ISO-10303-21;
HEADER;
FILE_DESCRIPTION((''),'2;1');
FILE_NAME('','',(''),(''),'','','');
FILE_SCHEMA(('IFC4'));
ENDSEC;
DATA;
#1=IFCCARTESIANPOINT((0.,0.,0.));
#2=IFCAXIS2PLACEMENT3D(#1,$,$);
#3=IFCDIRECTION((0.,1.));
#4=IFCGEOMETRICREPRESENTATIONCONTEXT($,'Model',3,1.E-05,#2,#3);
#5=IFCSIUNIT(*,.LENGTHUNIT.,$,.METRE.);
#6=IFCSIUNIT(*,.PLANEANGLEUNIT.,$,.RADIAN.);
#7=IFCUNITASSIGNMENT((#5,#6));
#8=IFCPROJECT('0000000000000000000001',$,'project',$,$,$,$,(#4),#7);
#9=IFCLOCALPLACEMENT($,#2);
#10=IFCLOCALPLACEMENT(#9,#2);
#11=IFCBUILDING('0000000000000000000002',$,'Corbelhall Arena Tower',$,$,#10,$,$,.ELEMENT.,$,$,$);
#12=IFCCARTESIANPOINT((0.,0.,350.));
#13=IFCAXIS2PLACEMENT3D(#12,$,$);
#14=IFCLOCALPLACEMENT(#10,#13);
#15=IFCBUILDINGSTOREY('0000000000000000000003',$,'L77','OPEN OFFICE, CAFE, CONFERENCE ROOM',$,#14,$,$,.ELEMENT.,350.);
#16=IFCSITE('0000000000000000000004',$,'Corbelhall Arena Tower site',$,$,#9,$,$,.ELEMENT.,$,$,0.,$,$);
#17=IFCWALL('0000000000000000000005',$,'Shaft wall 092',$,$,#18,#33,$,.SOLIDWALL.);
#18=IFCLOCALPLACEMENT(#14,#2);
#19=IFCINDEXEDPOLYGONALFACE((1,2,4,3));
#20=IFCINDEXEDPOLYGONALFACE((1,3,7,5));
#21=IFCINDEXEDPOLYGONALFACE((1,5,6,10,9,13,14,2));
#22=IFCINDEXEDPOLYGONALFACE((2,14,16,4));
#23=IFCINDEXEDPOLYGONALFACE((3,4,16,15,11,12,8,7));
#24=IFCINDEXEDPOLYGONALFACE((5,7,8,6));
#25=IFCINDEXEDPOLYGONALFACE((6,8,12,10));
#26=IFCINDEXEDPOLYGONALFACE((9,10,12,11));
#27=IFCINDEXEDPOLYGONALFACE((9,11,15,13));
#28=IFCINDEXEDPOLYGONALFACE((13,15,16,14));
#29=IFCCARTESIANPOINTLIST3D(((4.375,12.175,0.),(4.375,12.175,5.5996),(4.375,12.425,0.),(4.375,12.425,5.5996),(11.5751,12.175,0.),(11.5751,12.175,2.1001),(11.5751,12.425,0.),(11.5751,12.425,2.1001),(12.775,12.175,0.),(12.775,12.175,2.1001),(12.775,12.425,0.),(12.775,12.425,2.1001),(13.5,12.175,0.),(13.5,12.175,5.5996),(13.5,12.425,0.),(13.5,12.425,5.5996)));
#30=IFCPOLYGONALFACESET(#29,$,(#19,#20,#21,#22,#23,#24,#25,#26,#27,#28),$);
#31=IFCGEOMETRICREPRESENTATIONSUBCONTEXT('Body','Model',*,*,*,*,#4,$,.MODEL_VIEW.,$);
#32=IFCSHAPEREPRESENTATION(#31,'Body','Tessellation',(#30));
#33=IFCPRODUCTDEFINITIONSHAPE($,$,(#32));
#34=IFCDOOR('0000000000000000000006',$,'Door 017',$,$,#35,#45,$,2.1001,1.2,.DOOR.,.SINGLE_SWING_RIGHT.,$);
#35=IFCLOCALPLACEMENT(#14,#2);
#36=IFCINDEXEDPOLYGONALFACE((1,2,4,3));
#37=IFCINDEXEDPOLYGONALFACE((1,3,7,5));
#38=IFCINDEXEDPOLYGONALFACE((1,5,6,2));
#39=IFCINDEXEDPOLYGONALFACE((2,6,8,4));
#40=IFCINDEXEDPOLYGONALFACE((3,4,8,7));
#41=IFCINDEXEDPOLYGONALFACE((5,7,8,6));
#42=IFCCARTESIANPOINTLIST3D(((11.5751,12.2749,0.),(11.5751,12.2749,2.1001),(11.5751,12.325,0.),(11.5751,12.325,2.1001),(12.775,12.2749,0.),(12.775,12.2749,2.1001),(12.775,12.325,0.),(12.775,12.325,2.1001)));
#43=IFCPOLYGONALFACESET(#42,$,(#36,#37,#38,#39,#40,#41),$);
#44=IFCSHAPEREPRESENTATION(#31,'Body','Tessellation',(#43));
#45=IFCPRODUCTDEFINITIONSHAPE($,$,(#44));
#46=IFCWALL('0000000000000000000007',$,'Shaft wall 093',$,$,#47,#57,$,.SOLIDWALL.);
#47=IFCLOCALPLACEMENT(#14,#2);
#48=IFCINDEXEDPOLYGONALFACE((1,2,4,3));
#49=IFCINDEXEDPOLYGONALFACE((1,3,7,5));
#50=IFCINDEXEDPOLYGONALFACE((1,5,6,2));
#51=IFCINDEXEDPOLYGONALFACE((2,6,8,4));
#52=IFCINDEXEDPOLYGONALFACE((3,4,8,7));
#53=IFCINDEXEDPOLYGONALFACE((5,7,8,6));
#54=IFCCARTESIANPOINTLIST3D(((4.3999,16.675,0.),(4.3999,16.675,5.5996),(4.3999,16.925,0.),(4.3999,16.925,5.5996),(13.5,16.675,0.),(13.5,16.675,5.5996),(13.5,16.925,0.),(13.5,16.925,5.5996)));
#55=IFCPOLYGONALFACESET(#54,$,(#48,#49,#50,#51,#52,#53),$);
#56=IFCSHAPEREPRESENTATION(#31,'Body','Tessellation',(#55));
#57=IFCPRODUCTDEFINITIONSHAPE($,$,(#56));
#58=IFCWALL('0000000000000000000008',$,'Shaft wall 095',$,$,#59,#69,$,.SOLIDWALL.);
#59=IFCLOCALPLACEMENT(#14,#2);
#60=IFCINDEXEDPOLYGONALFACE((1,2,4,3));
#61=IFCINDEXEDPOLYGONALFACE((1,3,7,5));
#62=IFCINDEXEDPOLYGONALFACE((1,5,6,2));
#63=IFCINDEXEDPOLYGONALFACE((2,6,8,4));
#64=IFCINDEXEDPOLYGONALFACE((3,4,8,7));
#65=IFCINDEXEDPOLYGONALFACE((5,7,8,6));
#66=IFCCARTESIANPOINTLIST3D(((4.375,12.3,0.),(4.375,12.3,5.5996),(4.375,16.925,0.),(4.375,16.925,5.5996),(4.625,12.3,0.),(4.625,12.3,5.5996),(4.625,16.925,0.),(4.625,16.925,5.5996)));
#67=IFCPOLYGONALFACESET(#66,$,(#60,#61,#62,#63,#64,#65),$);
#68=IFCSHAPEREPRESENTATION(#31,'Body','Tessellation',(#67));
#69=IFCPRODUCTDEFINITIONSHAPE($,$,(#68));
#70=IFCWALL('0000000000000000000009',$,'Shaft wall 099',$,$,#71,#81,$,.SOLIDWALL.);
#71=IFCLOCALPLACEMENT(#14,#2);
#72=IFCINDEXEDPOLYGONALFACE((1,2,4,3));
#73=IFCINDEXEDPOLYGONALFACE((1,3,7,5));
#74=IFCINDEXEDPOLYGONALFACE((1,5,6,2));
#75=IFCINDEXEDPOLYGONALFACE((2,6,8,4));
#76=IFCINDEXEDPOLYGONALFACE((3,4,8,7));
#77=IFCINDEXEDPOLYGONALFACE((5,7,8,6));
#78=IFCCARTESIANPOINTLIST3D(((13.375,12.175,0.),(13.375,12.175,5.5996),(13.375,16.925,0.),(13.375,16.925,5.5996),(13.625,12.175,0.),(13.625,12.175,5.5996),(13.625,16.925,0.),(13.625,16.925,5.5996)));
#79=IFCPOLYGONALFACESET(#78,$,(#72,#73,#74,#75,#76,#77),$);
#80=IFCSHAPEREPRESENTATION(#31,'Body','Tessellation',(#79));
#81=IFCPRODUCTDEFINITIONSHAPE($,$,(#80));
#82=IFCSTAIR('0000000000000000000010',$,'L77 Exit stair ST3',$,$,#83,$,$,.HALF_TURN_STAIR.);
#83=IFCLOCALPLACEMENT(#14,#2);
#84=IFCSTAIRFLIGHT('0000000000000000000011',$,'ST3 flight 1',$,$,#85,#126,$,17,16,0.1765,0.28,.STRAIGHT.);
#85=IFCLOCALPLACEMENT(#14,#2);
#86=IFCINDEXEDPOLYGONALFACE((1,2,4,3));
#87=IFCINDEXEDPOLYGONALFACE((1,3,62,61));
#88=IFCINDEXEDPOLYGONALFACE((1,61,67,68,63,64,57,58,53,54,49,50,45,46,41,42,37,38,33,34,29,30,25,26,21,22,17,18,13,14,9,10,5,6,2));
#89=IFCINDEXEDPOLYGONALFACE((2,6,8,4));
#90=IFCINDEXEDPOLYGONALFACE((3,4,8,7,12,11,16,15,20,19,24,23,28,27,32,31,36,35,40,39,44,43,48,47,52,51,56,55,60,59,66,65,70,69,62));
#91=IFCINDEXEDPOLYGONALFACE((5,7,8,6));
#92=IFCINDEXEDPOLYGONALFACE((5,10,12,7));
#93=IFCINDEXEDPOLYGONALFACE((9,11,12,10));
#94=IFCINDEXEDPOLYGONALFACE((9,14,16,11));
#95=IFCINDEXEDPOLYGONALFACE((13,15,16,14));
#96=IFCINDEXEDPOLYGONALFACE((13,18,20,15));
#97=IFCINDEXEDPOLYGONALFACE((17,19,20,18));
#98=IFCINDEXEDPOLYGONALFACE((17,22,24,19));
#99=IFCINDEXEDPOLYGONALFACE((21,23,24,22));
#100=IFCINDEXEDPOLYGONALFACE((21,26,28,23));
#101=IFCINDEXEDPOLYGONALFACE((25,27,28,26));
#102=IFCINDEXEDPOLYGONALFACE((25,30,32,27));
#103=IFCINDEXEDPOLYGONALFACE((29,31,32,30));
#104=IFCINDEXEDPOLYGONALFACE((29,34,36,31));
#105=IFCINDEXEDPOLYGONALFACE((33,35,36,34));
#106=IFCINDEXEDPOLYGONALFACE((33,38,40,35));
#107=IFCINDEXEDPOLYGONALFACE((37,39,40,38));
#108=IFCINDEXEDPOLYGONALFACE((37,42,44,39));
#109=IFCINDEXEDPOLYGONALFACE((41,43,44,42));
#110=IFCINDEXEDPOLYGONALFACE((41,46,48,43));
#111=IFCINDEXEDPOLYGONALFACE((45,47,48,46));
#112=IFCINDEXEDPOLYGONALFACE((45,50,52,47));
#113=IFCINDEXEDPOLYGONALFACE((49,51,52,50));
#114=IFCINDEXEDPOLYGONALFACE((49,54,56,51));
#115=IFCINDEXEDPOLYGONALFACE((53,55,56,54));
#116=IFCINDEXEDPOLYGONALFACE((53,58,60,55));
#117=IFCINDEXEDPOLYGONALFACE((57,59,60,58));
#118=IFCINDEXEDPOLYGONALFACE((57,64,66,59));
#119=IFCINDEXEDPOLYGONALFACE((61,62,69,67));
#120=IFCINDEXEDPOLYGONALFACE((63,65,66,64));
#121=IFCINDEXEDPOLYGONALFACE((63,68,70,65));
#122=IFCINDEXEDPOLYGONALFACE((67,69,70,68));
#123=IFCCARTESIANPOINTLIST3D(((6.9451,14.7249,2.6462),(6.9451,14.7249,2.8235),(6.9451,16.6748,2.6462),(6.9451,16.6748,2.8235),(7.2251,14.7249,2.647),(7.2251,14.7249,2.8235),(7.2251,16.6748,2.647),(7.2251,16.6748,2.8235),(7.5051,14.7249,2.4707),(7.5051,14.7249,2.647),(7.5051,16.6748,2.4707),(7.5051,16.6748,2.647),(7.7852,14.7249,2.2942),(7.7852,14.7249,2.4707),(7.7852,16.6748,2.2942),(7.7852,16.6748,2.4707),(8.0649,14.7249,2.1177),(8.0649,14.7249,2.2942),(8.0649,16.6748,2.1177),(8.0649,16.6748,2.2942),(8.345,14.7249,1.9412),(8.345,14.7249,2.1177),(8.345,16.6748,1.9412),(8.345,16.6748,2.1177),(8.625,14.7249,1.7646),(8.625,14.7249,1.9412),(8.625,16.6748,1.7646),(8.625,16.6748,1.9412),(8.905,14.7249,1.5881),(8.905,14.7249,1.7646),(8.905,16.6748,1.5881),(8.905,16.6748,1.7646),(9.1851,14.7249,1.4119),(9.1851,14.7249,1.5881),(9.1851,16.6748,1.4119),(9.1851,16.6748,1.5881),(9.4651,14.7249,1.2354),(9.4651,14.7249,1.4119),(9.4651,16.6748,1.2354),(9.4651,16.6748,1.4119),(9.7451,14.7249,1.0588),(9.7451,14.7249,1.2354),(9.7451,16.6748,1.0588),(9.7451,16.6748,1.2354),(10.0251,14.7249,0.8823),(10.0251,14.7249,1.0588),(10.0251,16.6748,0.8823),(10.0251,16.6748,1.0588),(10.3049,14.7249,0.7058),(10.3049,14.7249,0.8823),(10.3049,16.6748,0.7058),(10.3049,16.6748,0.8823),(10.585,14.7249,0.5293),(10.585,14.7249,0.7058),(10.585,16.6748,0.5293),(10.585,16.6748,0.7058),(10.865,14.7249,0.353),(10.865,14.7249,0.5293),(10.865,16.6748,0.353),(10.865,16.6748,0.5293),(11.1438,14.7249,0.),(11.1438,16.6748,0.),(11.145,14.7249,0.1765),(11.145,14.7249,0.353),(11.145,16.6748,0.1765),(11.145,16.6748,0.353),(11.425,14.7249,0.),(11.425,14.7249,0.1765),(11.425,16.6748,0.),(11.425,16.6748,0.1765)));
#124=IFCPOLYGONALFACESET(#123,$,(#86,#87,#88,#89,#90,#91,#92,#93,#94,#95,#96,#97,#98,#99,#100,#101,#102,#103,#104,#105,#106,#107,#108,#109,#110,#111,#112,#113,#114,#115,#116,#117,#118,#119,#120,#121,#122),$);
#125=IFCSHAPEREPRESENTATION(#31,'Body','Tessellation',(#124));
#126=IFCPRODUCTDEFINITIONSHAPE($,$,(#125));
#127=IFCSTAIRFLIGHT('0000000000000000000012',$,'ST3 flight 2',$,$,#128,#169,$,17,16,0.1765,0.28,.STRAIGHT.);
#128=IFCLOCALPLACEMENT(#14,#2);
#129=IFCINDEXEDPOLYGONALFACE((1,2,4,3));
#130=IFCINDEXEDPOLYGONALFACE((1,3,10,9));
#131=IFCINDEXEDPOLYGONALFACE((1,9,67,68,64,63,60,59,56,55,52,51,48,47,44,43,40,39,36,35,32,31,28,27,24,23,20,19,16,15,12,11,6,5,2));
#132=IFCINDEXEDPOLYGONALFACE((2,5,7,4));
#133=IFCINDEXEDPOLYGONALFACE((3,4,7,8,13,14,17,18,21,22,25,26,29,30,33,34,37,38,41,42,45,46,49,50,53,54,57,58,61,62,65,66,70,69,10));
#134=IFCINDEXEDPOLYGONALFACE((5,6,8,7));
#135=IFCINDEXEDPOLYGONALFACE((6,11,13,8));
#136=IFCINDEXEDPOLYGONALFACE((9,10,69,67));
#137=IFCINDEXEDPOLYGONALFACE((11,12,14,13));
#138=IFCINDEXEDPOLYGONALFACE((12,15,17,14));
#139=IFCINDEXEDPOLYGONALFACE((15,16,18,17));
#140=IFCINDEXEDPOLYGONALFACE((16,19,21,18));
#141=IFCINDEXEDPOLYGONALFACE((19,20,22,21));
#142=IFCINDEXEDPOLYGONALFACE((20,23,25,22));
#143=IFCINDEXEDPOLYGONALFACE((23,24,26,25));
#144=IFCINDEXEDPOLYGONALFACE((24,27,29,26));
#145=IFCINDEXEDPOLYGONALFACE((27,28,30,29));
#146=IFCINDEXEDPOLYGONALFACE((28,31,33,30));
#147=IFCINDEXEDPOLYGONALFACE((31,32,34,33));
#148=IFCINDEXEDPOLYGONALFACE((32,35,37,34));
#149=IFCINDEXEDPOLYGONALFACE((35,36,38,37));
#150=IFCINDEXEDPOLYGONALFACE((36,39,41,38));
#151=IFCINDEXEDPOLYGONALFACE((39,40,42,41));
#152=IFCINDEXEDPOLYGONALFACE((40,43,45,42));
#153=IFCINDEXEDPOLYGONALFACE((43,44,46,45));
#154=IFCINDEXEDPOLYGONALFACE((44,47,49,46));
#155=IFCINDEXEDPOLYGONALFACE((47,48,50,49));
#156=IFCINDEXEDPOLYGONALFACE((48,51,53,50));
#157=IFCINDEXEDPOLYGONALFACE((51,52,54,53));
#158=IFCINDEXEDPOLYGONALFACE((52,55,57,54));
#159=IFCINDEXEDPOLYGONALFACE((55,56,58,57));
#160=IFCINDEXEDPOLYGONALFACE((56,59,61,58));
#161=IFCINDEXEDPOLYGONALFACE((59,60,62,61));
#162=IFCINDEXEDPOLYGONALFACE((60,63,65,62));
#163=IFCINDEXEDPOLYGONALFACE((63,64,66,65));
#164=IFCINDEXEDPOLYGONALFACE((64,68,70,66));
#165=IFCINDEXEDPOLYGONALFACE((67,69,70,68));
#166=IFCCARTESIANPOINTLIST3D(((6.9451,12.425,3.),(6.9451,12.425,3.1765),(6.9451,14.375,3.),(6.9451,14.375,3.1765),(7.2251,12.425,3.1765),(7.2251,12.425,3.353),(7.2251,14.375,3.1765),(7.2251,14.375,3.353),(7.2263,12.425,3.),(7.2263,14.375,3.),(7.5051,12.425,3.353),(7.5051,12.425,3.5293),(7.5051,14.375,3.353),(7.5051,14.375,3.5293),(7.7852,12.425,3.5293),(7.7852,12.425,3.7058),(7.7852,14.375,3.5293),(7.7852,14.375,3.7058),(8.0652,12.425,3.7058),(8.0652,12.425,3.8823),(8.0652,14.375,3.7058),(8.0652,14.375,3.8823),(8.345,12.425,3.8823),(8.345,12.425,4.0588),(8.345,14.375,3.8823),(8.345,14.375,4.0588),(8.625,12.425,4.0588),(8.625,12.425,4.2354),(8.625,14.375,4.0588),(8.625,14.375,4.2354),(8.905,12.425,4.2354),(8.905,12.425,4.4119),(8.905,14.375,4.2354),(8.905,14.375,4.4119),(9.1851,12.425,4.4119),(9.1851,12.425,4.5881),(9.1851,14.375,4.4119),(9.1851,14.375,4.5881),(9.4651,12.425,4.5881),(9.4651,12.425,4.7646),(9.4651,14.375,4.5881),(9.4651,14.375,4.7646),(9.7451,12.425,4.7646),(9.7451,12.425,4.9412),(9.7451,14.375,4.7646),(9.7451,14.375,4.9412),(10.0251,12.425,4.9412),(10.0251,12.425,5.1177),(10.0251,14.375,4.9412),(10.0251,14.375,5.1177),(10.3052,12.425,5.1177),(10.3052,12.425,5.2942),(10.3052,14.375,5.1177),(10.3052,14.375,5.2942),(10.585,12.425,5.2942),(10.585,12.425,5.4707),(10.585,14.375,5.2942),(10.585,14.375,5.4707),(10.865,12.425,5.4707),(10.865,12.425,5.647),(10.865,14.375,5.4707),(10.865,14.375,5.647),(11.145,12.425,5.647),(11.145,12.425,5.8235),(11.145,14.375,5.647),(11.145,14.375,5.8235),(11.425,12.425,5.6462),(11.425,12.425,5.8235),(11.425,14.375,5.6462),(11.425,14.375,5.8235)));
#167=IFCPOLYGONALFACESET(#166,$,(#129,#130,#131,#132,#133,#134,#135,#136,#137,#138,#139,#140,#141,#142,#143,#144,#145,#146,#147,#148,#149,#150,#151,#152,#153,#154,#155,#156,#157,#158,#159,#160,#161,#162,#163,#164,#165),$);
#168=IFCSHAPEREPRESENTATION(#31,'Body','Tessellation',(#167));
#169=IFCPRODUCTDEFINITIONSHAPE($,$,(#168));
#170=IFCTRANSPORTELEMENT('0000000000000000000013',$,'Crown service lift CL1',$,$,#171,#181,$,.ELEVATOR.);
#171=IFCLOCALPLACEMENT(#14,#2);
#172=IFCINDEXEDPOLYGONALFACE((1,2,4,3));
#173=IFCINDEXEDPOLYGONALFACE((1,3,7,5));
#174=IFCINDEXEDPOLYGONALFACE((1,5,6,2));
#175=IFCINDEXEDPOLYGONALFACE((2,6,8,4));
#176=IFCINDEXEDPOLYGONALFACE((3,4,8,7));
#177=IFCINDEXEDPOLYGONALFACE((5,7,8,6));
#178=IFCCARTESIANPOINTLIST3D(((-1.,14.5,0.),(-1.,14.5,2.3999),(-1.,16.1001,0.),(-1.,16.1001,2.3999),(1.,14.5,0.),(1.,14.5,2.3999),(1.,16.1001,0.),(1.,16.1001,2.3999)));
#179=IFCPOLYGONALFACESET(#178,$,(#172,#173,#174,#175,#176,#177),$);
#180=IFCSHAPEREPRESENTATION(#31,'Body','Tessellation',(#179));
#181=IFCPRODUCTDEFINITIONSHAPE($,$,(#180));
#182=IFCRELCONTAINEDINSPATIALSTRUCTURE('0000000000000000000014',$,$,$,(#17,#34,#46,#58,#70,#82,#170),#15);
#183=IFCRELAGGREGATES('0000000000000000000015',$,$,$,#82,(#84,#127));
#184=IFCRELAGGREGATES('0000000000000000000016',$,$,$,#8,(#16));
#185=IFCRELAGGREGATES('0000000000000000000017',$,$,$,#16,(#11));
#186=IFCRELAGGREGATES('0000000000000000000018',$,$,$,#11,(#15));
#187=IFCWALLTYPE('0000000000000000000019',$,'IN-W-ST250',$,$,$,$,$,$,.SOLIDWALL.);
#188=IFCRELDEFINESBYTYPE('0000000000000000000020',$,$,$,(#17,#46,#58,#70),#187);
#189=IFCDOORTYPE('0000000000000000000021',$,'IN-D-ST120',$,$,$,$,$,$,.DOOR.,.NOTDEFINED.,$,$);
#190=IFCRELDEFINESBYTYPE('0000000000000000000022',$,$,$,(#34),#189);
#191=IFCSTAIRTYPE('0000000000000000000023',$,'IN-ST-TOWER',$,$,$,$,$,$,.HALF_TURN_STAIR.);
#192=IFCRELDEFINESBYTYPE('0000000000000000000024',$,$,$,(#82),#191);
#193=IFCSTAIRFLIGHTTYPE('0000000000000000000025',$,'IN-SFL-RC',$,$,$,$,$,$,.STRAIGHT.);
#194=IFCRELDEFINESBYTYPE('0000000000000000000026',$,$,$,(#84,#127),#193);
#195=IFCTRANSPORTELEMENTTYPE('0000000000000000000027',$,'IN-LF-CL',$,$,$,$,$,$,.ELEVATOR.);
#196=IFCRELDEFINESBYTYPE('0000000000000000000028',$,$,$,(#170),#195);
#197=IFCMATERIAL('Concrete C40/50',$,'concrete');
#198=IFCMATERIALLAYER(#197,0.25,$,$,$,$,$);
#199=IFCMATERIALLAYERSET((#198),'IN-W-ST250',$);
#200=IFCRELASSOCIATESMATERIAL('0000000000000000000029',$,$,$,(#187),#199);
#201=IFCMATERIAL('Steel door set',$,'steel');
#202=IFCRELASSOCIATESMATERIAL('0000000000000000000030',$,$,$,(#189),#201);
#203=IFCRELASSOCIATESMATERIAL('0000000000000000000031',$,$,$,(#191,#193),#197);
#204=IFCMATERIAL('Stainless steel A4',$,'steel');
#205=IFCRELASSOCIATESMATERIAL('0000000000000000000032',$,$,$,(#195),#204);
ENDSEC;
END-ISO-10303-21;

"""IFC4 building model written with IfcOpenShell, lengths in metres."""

from ifc_helpers import new_model, si_unit, direction, frame, frame_2d, origin, origin_2d, place, context, subcontext, project, spatial, polyline, rectangle, outline, extrude, material, layer, layer_set, type_object, element, fill, aggregate, save


model = new_model("IFC4")

# Units and contexts
model_context = context("Model", 3, precision=1e-05, world=origin(), true_north=direction((0.0, 1.0)))
body_context = subcontext(model_context, "Body", "Model", "MODEL_VIEW")
ifc_project = project(units=[si_unit("LENGTHUNIT", "METRE"), si_unit("PLANEANGLEUNIT", "RADIAN")], contexts=[model_context])

# Site, building, storey
site_placement = place(None, origin())
site = spatial("IfcSite", under=ifc_project, at=site_placement, Name="Corbelhall Arena Tower site", CompositionType="ELEMENT", RefElevation=0.0)
building_placement = place(site_placement, origin())
building = spatial("IfcBuilding", under=site, at=building_placement, Name="Corbelhall Arena Tower", CompositionType="ELEMENT")
storey_placement = place(building_placement, frame((0.0, 0.0, 350.0)))
storey = spatial("IfcBuildingStorey", under=building, at=storey_placement, Name="L77", Description="OPEN OFFICE, CAFE, CONFERENCE ROOM", CompositionType="ELEMENT", Elevation=350.0)

# Shared definitions
ifc_material_1 = material(Name="Steel door set", Category="steel")

# Shared definitions
ifc_material_2 = material(Name="Concrete C40/50", Category="concrete")

# Wall, opening, door
ifc_layer_1 = layer(ifc_material_2, 0.25)
ifc_layer_set_1 = layer_set([ifc_layer_1], Name="IN-W-ST250")
wall_type_1 = type_object("IfcWallType", Name="IN-W-ST250", PredefinedType="SOLIDWALL", material=ifc_layer_set_1)
wall_1_placement = place(storey_placement, frame((4.375, 12.3, 0.0), z_axis=(0.0, 0.0, 1.0), x_axis=(1.0, 0.0, 0.0)))
wall_1 = element("IfcWall", 1, at=wall_1_placement, inside=storey, type_object=wall_type_1, Name="Shaft wall 092", PredefinedType="SOLIDWALL", context=body_context, shape_type="SweptSolid", body=[
    extrude(rectangle(XDim=9.125, YDim=0.25, at=frame_2d((4.5625, 0.0))), origin(), (0.0, 0.0, 1.0), 5.5996),
])
opening_1_placement = place(wall_1_placement, frame((7.2, 0.0, 0.0)))
opening_1 = element("IfcOpeningElement", 2, at=opening_1_placement, cuts=wall_1, PredefinedType="OPENING", context=body_context, shape_type="SweptSolid", body=[
    extrude(rectangle(XDim=1.2, YDim=2.1001, at=frame_2d((0.6001, 1.05))), frame((0.0, 0.125, 0.0), z_axis=(0.0, -1.0, 0.0), x_axis=(1.0, 0.0, 0.0)), (0.0, 0.0, 1.0), 0.25),
])
door_type_1 = type_object("IfcDoorType", Name="IN-D-ST120", OperationType="NOTDEFINED", PredefinedType="DOOR", material=ifc_material_1)
door_1_placement = place(opening_1_placement, origin())
door_1 = element("IfcDoor", 3, at=door_1_placement, inside=storey, type_object=door_type_1, Name="Door 017", OperationType="SINGLE_SWING_RIGHT", OverallHeight=2.1001, OverallWidth=1.2, PredefinedType="DOOR", context=body_context, shape_type="SweptSolid", body=[
    extrude(rectangle(XDim=1.2, YDim=2.1001, at=frame_2d((0.6001, 1.05))), frame((0.0, 0.0249, 0.0), z_axis=(0.0, -1.0, 0.0), x_axis=(1.0, 0.0, 0.0)), (0.0, 0.0, 1.0), 0.05),
])
fill(opening_1, door_1)

# Walls
wall_2_placement = place(storey_placement, frame((4.3999, 16.8, 0.0), z_axis=(0.0, 0.0, 1.0), x_axis=(1.0, 0.0, 0.0)))
element("IfcWall", 4, at=wall_2_placement, inside=storey, type_object=wall_type_1, Name="Shaft wall 093", PredefinedType="SOLIDWALL", context=body_context, shape_type="SweptSolid", body=[
    extrude(rectangle(XDim=9.1001, YDim=0.25, at=frame_2d((4.55, 0.0))), origin(), (0.0, 0.0, 1.0), 5.5996),
])
wall_3_placement = place(storey_placement, frame((4.5, 12.3, 0.0), z_axis=(0.0, 0.0, 1.0), x_axis=(0.0, 1.0, 0.0)))
element("IfcWall", 5, at=wall_3_placement, inside=storey, type_object=wall_type_1, Name="Shaft wall 095", PredefinedType="SOLIDWALL", context=body_context, shape_type="SweptSolid", body=[
    extrude(rectangle(XDim=4.625, YDim=0.25, at=frame_2d((2.3125, 0.0))), origin(), (0.0, 0.0, 1.0), 5.5996),
])
wall_4_placement = place(storey_placement, frame((13.5, 12.175, 0.0), z_axis=(0.0, 0.0, 1.0), x_axis=(0.0, 1.0, 0.0)))
element("IfcWall", 6, at=wall_4_placement, inside=storey, type_object=wall_type_1, Name="Shaft wall 099", PredefinedType="SOLIDWALL", context=body_context, shape_type="SweptSolid", body=[
    extrude(rectangle(XDim=4.75, YDim=0.25, at=frame_2d((2.375, 0.0))), origin(), (0.0, 0.0, 1.0), 5.5996),
])

# Stair, stair flights
stair_type = type_object("IfcStairType", Name="IN-ST-TOWER", PredefinedType="HALF_TURN_STAIR", material=ifc_material_2)
stair_placement = place(storey_placement, origin())
stair = element("IfcStair", 7, at=stair_placement, inside=storey, type_object=stair_type, Name="L77 Exit stair ST3", PredefinedType="HALF_TURN_STAIR")
stair_flight_type = type_object("IfcStairFlightType", Name="IN-SFL-RC", PredefinedType="STRAIGHT", material=ifc_material_2)
stair_flight_1_placement = place(storey_placement, frame((11.425, 15.7, 0.0), z_axis=(0.0, 0.0, 1.0), x_axis=(-1.0, 0.0, 0.0)))
stair_flight_1 = element("IfcStairFlight", 8, at=stair_flight_1_placement, type_object=stair_flight_type, Name="ST3 flight 1", NumberOfRisers=17, NumberOfTreads=16, PredefinedType="STRAIGHT", RiserHeight=0.1765, TreadLength=0.28, context=body_context, shape_type="SweptSolid", body=[
    extrude(outline(polyline([(0.0, 0.0), (0.0, 0.1765), (0.28, 0.1765), (0.28, 0.353), (0.5601, 0.353), (0.5601, 0.5293), (0.8401, 0.5293), (0.8401, 0.7058), (1.1201, 0.7058), (1.1201, 0.8823), (1.3999, 0.8823), (1.3999, 1.0588), (1.6799, 1.0588), (1.6799, 1.2354), (1.96, 1.2354), (1.96, 1.4119), (2.24, 1.4119), (2.24, 1.5881), (2.52, 1.5881), (2.52, 1.7646), (2.8, 1.7646), (2.8, 1.9412), (3.0801, 1.9412), (3.0801, 2.1177), (3.3601, 2.1177), (3.3601, 2.2942), (3.6399, 2.2942), (3.6399, 2.4707), (3.9199, 2.4707), (3.9199, 2.647), (4.2, 2.647), (4.2, 2.8235), (4.48, 2.8235), (4.48, 3.0), (4.48, 2.6462), (0.2812, 0.0), (0.0, 0.0)])), frame((0.0, 0.9751, 0.0), z_axis=(0.0, -1.0, 0.0), x_axis=(1.0, 0.0, 0.0)), (0.0, 0.0, 1.0), 1.95),
])
stair_flight_2_placement = place(storey_placement, frame((6.9451, 13.3999, 3.0), z_axis=(0.0, 0.0, 1.0), x_axis=(1.0, 0.0, 0.0)))
stair_flight_2 = element("IfcStairFlight", 9, at=stair_flight_2_placement, type_object=stair_flight_type, Name="ST3 flight 2", NumberOfRisers=17, NumberOfTreads=16, PredefinedType="STRAIGHT", RiserHeight=0.1765, TreadLength=0.28, context=body_context, shape_type="SweptSolid", body=[
    extrude(outline(polyline([(0.0, 0.0), (0.0, 0.1765), (0.28, 0.1765), (0.28, 0.353), (0.5601, 0.353), (0.5601, 0.5293), (0.8401, 0.5293), (0.8401, 0.7058), (1.1201, 0.7058), (1.1201, 0.8823), (1.3999, 0.8823), (1.3999, 1.0588), (1.6799, 1.0588), (1.6799, 1.2354), (1.96, 1.2354), (1.96, 1.4119), (2.24, 1.4119), (2.24, 1.5881), (2.52, 1.5881), (2.52, 1.7646), (2.8, 1.7646), (2.8, 1.9412), (3.0801, 1.9412), (3.0801, 2.1177), (3.3601, 2.1177), (3.3601, 2.2942), (3.6399, 2.2942), (3.6399, 2.4707), (3.9199, 2.4707), (3.9199, 2.647), (4.2, 2.647), (4.2, 2.8235), (4.48, 2.8235), (4.48, 3.0), (4.48, 2.6462), (0.2812, 0.0), (0.0, 0.0)])), frame((0.0, 0.9751, 0.0), z_axis=(0.0, -1.0, 0.0), x_axis=(1.0, 0.0, 0.0)), (0.0, 0.0, 1.0), 1.95),
])
aggregate(stair, [stair_flight_1, stair_flight_2])

# Transport element
ifc_material_3 = material(Name="Stainless steel A4", Category="steel")
transport_element_type = type_object("IfcTransportElementType", Name="IN-LF-CL", PredefinedType="ELEVATOR", material=ifc_material_3)
transport_element_placement = place(storey_placement, frame((0.0, 15.3, 0.0), z_axis=(0.0, 0.0, 1.0), x_axis=(1.0, 0.0, 0.0)))
element("IfcTransportElement", 10, at=transport_element_placement, inside=storey, type_object=transport_element_type, Name="Crown service lift CL1", PredefinedType="ELEVATOR", context=body_context, shape_type="SweptSolid", body=[
    extrude(rectangle(XDim=2.0, YDim=1.6001, at=origin_2d()), origin(), (0.0, 0.0, 1.0), 2.3999),
])

save(model, "model.ifc")
